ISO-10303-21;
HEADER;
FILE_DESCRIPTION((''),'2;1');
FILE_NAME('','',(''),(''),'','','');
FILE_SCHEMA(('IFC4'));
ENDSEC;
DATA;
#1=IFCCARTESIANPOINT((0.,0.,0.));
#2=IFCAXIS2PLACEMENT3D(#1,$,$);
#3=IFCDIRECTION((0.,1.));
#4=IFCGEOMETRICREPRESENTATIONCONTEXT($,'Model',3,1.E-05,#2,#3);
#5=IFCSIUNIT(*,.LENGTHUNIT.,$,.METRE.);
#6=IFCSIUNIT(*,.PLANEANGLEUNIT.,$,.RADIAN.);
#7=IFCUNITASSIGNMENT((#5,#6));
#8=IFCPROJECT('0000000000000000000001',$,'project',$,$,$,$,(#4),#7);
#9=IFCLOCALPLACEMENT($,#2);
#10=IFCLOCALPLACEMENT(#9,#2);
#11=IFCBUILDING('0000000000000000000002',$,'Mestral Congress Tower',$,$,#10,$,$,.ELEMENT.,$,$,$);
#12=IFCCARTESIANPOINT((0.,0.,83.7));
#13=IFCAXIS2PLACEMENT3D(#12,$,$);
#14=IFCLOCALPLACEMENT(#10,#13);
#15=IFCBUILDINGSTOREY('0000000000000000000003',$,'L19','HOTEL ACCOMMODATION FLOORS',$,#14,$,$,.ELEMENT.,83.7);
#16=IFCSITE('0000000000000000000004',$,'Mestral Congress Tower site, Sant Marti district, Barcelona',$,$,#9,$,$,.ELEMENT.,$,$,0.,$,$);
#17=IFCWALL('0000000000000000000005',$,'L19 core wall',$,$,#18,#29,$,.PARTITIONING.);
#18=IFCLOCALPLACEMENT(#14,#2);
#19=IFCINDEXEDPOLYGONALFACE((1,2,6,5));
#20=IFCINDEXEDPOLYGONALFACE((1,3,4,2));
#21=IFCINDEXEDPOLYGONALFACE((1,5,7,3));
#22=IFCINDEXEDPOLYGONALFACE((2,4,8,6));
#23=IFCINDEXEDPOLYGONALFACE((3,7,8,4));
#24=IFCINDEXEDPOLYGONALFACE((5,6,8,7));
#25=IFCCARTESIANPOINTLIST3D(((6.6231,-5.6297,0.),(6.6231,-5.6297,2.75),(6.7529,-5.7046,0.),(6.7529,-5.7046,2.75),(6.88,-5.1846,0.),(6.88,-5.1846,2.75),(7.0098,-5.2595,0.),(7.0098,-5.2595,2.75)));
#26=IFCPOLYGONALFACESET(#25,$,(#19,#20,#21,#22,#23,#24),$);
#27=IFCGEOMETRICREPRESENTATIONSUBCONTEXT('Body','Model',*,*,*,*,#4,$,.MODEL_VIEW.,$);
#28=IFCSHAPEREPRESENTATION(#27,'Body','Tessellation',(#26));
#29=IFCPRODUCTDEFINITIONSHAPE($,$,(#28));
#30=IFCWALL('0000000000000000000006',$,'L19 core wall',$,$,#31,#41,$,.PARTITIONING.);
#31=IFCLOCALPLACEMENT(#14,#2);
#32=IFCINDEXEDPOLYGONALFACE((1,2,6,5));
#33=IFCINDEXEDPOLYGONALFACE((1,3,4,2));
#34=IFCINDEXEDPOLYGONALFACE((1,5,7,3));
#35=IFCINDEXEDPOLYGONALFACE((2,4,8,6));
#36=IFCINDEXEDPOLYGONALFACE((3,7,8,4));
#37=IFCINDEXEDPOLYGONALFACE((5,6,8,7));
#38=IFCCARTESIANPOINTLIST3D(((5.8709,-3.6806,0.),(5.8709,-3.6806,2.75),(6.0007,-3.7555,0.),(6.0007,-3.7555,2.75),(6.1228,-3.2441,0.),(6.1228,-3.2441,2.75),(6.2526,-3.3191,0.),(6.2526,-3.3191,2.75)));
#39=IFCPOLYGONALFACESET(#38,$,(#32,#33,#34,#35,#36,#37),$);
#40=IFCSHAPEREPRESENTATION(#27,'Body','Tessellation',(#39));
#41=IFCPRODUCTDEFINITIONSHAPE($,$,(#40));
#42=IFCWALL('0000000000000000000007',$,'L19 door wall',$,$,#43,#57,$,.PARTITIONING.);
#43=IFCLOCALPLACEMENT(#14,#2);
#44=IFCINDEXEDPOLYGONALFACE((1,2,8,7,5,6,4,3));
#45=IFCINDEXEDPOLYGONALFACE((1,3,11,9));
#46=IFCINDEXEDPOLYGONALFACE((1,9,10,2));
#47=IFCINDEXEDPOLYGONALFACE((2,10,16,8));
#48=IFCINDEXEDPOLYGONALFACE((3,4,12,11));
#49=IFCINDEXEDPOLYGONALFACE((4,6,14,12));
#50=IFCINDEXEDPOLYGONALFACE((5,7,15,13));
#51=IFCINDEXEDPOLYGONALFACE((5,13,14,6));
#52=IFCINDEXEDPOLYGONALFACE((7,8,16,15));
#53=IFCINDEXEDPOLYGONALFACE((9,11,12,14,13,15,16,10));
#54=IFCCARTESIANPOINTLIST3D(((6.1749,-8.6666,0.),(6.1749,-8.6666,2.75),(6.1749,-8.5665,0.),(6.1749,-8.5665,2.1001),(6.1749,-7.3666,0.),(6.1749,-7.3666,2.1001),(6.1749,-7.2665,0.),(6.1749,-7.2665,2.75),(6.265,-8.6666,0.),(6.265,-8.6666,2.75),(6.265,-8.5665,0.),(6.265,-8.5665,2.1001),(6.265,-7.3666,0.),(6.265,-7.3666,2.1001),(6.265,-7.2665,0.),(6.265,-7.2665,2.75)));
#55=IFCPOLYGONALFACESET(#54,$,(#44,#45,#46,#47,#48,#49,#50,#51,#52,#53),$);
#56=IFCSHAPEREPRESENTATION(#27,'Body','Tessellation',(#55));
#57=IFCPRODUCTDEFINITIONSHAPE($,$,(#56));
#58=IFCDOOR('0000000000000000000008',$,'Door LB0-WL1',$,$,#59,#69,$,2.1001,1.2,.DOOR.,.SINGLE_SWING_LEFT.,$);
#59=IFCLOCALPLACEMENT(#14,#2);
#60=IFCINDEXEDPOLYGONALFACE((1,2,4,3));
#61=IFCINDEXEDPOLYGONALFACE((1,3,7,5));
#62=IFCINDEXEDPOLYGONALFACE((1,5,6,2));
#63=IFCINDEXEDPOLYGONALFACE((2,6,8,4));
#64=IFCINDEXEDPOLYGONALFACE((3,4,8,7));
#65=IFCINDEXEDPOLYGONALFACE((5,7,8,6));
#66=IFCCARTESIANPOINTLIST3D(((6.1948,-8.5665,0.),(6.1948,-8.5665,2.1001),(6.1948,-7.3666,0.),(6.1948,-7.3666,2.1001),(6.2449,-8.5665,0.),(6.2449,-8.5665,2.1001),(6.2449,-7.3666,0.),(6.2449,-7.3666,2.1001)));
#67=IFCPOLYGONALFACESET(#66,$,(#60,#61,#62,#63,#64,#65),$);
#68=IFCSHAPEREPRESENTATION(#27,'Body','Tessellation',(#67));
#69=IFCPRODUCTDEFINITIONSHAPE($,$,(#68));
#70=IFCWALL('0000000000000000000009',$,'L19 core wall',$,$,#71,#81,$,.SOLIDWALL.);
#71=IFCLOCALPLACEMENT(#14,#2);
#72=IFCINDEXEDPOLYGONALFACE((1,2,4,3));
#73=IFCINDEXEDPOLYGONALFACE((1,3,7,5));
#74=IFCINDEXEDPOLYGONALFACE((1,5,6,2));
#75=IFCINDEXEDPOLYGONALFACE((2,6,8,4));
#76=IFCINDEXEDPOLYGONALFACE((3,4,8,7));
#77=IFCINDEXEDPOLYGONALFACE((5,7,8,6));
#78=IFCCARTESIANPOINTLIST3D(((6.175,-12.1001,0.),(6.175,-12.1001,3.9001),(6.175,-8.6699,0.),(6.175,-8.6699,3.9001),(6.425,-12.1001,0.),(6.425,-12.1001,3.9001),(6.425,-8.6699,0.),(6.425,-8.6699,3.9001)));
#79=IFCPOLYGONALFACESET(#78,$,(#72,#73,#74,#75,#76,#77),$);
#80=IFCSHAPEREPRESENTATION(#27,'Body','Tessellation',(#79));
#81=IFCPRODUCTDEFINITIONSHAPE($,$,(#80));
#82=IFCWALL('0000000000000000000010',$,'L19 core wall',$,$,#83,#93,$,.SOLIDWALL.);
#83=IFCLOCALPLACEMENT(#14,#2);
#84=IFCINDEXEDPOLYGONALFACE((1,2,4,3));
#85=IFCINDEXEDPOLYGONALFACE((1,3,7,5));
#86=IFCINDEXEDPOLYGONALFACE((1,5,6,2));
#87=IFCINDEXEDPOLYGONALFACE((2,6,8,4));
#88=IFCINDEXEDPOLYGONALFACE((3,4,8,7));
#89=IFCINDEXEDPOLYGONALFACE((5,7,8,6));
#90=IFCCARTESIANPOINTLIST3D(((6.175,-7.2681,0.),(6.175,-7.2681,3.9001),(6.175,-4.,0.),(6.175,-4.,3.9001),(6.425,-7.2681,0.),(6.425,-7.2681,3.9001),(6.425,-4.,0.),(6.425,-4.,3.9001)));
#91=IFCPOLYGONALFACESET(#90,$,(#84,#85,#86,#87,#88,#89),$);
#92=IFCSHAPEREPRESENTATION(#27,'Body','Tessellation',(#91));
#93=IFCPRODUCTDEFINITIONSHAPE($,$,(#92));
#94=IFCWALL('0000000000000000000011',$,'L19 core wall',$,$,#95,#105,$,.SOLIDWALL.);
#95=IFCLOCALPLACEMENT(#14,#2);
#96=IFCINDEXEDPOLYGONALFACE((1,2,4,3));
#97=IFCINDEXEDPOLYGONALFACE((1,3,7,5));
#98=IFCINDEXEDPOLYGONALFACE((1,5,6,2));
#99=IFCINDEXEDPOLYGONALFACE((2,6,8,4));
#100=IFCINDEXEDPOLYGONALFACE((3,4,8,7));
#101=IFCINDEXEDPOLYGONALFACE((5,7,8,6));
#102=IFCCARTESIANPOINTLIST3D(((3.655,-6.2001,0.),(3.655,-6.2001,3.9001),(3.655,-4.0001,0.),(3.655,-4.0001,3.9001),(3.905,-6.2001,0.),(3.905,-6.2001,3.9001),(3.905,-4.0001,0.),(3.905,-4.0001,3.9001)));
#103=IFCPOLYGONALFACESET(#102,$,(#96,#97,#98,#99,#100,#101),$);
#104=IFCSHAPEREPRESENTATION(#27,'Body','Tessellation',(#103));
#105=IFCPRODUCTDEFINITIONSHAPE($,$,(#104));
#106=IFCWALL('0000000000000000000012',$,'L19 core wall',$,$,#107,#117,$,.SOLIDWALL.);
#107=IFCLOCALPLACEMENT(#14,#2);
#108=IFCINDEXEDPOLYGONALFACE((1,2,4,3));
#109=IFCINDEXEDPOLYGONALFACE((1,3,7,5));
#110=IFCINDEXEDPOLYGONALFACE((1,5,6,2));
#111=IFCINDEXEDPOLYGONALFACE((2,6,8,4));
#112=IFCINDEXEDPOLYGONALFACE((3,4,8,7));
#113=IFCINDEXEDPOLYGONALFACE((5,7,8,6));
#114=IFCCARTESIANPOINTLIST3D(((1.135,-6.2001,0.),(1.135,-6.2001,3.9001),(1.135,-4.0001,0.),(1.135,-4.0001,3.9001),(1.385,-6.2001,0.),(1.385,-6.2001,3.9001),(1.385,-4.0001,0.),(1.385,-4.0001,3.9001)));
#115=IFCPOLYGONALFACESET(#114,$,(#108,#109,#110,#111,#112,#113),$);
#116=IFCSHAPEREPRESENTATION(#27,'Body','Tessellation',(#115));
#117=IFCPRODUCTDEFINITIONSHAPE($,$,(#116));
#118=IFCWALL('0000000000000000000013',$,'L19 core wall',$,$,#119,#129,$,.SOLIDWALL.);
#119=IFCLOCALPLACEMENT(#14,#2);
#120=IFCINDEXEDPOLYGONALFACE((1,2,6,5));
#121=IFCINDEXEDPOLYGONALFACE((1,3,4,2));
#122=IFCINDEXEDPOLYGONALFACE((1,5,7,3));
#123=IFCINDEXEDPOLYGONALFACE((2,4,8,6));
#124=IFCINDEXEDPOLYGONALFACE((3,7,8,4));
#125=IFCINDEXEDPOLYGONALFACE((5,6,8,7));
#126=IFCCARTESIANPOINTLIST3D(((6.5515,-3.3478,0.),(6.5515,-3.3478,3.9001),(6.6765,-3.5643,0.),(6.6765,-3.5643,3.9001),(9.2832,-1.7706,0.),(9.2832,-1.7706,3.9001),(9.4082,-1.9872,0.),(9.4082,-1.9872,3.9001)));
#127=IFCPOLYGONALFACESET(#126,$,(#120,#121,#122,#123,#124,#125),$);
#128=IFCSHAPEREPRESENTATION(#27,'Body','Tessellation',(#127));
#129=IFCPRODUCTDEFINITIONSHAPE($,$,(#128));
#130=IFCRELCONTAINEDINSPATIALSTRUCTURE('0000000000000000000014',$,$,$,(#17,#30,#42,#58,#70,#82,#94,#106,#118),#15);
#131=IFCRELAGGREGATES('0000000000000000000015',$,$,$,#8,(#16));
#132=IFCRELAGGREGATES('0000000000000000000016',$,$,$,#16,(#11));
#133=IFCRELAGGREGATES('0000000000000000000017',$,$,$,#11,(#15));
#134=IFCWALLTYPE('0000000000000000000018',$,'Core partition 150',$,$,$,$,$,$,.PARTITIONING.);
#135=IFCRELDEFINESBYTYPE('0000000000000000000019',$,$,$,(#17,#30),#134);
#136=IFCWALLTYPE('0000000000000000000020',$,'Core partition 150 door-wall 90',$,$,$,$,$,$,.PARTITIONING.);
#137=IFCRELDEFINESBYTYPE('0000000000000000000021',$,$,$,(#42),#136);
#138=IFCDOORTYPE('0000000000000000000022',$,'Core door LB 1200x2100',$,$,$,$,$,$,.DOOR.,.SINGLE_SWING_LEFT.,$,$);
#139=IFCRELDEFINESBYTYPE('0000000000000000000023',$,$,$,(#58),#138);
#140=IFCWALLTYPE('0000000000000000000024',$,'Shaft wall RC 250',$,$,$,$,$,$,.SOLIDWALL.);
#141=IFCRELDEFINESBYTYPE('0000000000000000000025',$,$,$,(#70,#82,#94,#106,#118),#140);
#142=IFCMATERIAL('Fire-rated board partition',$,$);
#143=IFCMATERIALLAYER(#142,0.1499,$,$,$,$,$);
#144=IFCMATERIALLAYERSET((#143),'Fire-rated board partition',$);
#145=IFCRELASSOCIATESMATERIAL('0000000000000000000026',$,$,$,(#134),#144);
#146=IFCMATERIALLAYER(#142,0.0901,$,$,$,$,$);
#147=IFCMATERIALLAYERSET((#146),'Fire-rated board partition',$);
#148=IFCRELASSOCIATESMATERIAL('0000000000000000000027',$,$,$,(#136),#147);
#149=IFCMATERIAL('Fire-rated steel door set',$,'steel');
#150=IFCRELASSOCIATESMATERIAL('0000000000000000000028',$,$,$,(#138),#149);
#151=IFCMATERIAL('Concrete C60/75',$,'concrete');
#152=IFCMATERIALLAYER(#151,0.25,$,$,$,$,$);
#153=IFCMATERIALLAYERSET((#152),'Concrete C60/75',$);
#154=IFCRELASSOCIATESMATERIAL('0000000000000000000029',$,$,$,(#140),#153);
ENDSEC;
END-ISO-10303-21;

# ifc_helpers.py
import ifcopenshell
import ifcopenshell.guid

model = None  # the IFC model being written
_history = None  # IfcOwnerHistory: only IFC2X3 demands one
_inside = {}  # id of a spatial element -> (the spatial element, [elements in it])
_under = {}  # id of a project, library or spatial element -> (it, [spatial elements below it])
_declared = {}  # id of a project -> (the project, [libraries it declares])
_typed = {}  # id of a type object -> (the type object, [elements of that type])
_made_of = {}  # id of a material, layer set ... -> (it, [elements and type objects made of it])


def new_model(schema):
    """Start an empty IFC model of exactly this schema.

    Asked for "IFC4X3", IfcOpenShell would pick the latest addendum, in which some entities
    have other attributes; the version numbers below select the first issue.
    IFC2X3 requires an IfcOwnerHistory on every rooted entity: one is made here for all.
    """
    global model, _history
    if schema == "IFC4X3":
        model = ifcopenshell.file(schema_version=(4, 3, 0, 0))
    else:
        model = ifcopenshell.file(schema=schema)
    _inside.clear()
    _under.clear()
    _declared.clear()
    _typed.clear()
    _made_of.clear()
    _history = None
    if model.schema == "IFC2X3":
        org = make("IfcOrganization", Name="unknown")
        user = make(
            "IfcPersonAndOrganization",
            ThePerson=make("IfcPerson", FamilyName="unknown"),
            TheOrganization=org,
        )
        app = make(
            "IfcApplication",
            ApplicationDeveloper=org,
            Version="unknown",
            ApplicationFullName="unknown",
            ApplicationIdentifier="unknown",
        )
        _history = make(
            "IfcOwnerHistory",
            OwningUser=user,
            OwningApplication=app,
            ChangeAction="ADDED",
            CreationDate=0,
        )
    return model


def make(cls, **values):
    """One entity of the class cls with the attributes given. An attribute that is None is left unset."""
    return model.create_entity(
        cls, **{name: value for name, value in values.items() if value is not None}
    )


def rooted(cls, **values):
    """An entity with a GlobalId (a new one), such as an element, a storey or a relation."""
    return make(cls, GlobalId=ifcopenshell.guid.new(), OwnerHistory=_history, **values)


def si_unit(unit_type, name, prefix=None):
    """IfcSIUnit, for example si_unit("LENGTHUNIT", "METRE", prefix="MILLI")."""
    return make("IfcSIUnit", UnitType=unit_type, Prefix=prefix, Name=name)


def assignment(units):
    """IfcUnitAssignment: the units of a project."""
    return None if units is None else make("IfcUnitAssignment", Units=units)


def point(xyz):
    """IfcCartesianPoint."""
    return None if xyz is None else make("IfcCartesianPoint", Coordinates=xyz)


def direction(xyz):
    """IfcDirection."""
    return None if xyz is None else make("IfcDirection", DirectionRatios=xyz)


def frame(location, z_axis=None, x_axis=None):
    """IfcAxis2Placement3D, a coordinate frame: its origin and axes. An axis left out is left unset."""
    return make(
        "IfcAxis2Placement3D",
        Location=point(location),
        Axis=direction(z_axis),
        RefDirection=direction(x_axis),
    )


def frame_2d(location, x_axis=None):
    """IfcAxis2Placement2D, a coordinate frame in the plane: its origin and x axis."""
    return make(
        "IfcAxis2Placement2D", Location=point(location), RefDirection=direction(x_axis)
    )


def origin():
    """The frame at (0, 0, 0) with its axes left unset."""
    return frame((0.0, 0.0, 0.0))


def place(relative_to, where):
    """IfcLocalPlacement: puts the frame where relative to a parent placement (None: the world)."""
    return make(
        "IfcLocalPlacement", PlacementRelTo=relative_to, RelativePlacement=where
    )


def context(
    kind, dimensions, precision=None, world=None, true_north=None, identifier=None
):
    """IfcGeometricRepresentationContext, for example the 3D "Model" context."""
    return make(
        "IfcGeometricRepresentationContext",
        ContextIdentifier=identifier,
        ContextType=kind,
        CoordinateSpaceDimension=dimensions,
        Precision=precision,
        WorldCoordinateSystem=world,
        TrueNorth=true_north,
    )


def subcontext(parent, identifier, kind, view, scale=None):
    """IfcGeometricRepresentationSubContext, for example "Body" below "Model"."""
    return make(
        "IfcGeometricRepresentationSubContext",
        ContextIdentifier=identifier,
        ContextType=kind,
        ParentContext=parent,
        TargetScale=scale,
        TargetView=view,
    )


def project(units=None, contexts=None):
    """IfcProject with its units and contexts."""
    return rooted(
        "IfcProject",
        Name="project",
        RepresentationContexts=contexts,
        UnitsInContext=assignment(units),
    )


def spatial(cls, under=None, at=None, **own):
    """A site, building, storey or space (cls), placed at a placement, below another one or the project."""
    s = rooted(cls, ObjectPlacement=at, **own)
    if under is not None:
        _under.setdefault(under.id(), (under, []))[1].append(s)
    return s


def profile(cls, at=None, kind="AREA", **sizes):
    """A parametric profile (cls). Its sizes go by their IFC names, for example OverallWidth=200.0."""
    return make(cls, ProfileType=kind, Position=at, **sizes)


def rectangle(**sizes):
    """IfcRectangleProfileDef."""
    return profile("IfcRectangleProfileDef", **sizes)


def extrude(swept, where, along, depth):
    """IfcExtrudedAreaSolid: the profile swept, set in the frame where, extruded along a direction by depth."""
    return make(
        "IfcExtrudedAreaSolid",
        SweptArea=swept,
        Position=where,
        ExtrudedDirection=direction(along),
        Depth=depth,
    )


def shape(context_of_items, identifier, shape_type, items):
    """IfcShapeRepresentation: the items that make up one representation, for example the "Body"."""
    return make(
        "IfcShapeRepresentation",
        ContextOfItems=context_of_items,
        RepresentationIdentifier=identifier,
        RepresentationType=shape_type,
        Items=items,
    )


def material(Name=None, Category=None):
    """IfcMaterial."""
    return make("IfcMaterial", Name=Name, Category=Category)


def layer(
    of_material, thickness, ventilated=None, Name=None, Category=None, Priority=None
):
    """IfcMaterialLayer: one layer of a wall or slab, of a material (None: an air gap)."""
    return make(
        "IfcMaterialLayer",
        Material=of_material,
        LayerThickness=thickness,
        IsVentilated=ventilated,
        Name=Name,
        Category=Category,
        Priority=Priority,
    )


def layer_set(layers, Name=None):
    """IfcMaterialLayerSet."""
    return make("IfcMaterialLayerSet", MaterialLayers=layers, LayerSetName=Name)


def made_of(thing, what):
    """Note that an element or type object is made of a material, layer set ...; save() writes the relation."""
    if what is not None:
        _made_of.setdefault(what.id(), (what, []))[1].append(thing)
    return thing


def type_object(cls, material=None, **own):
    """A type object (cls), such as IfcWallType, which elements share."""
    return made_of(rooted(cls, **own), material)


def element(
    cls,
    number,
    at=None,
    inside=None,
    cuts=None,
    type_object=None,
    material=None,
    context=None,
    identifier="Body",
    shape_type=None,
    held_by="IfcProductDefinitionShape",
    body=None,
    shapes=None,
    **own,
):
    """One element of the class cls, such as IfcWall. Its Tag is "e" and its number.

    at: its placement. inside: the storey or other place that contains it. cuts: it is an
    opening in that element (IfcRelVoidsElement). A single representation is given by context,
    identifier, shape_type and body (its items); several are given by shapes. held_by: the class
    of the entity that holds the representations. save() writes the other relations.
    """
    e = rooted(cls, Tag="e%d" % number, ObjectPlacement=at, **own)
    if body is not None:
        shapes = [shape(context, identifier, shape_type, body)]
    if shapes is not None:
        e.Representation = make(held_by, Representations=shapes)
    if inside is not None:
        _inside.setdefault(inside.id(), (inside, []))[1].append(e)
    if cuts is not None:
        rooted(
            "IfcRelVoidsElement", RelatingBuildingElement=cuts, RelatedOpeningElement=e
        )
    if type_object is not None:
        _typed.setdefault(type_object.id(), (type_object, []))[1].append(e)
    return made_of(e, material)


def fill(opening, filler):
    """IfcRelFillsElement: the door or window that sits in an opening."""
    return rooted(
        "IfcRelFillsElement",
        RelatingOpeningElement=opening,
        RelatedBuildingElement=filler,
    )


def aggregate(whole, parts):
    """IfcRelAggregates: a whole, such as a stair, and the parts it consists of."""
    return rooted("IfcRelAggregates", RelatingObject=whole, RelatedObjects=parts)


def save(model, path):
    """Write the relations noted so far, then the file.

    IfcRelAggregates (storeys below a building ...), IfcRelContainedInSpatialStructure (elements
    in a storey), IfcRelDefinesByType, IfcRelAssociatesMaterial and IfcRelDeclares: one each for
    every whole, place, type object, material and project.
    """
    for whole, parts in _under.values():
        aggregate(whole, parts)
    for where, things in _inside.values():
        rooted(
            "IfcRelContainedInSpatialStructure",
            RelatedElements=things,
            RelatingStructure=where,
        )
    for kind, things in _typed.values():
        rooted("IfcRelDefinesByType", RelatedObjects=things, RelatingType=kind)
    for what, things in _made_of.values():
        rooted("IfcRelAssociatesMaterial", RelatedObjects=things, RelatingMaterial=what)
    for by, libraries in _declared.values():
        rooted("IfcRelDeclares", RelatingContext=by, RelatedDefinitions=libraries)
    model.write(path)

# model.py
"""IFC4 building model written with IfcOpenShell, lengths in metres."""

from ifc_helpers import new_model, si_unit, direction, frame, frame_2d, origin, place, context, subcontext, project, spatial, rectangle, extrude, material, layer, layer_set, type_object, element, fill, save


model = new_model("IFC4")

# Units and contexts
model_context = context("Model", 3, precision=1e-05, world=origin(), true_north=direction((0.0, 1.0)))
body_context = subcontext(model_context, "Body", "Model", "MODEL_VIEW")
ifc_project = project(units=[si_unit("LENGTHUNIT", "METRE"), si_unit("PLANEANGLEUNIT", "RADIAN")], contexts=[model_context])

# Site, building, storey
site_placement = place(None, origin())
site = spatial("IfcSite", under=ifc_project, at=site_placement, Name="Mestral Congress Tower site, Sant Marti district, Barcelona", CompositionType="ELEMENT", RefElevation=0.0)
building_placement = place(site_placement, origin())
building = spatial("IfcBuilding", under=site, at=building_placement, Name="Mestral Congress Tower", CompositionType="ELEMENT")
storey_placement = place(building_placement, frame((0.0, 0.0, 83.7)))
storey = spatial("IfcBuildingStorey", under=building, at=storey_placement, Name="L19", Description="HOTEL ACCOMMODATION FLOORS", CompositionType="ELEMENT", Elevation=83.7)

# Walls
ifc_material_1 = material(Name="Fire-rated board partition")
ifc_layer_1 = layer(ifc_material_1, 0.1499)
ifc_layer_set_1 = layer_set([ifc_layer_1], Name="Fire-rated board partition")
wall_type_1 = type_object("IfcWallType", Name="Core partition 150", PredefinedType="PARTITIONING", material=ifc_layer_set_1)
wall_1_placement = place(storey_placement, frame((6.9448, -5.2222, 0.0), z_axis=(0.0, 0.0, 1.0), x_axis=(-0.499818, -0.86613, 0.0)))
element("IfcWall", 1, at=wall_1_placement, inside=storey, type_object=wall_type_1, Name="L19 core wall", PredefinedType="PARTITIONING", context=body_context, shape_type="SweptSolid", body=[
    extrude(rectangle(XDim=0.5139, YDim=0.1499, at=frame_2d((0.2568, 0.0))), origin(), (0.0, 0.0, 1.0), 2.75),
])
wall_2_placement = place(storey_placement, frame((5.9358, -3.718, 0.0), z_axis=(0.0, 0.0, 1.0), x_axis=(0.49989, 0.866089, 0.0)))
element("IfcWall", 2, at=wall_2_placement, inside=storey, type_object=wall_type_1, Name="L19 core wall", PredefinedType="PARTITIONING", context=body_context, shape_type="SweptSolid", body=[
    extrude(rectangle(XDim=0.5039, YDim=0.1499, at=frame_2d((0.252, 0.0))), origin(), (0.0, 0.0, 1.0), 2.75),
])

# Wall, opening, door
ifc_layer_2 = layer(ifc_material_1, 0.0901)
ifc_layer_set_2 = layer_set([ifc_layer_2], Name="Fire-rated board partition")
wall_type_2 = type_object("IfcWallType", Name="Core partition 150 door-wall 90", PredefinedType="PARTITIONING", material=ifc_layer_set_2)
wall_3_placement = place(storey_placement, frame((6.22, -7.2664, 0.0), z_axis=(0.0, 0.0, 1.0), x_axis=(0.0, -1.0, 0.0)))
wall_3 = element("IfcWall", 3, at=wall_3_placement, inside=storey, type_object=wall_type_2, Name="L19 door wall", PredefinedType="PARTITIONING", context=body_context, shape_type="SweptSolid", body=[
    extrude(rectangle(XDim=1.4001, YDim=0.0901, at=frame_2d((0.7002, 0.0))), origin(), (0.0, 0.0, 1.0), 2.75),
])
opening_1_placement = place(wall_3_placement, frame((0.1001, 0.0, 0.0)))
opening_1 = element("IfcOpeningElement", 4, at=opening_1_placement, cuts=wall_3, PredefinedType="OPENING", context=body_context, shape_type="SweptSolid", body=[
    extrude(rectangle(XDim=1.2, YDim=2.1001, at=frame_2d((0.6001, 1.05))), frame((0.0, 0.0549, 0.0), z_axis=(0.0, -1.0, 0.0), x_axis=(1.0, 0.0, 0.0)), (0.0, 0.0, 1.0), 0.1101),
])
ifc_material_2 = material(Name="Fire-rated steel door set", Category="steel")
door_type_1 = type_object("IfcDoorType", Name="Core door LB 1200x2100", OperationType="SINGLE_SWING_LEFT", PredefinedType="DOOR", material=ifc_material_2)
door_1_placement = place(opening_1_placement, origin())
door_1 = element("IfcDoor", 5, at=door_1_placement, inside=storey, type_object=door_type_1, Name="Door LB0-WL1", OperationType="SINGLE_SWING_LEFT", OverallHeight=2.1001, OverallWidth=1.2, PredefinedType="DOOR", context=body_context, shape_type="SweptSolid", body=[
    extrude(rectangle(XDim=1.2, YDim=2.1001, at=frame_2d((0.6001, 1.05))), frame((0.0, 0.0249, 0.0), z_axis=(0.0, -1.0, 0.0), x_axis=(1.0, 0.0, 0.0)), (0.0, 0.0, 1.0), 0.05),
])
fill(opening_1, door_1)

# Walls
ifc_material_3 = material(Name="Concrete C60/75", Category="concrete")
ifc_layer_3 = layer(ifc_material_3, 0.25)
ifc_layer_set_3 = layer_set([ifc_layer_3], Name="Concrete C60/75")
wall_type_3 = type_object("IfcWallType", Name="Shaft wall RC 250", PredefinedType="SOLIDWALL", material=ifc_layer_set_3)
wall_4_placement = place(storey_placement, frame((6.3, -8.6699, 0.0), z_axis=(0.0, 0.0, 1.0), x_axis=(0.0, -1.0, 0.0)))
element("IfcWall", 6, at=wall_4_placement, inside=storey, type_object=wall_type_3, Name="L19 core wall", PredefinedType="SOLIDWALL", context=body_context, shape_type="SweptSolid", body=[
    extrude(rectangle(XDim=3.4302, YDim=0.25, at=frame_2d((1.7151, 0.0))), origin(), (0.0, 0.0, 1.0), 3.9001),
])
wall_5_placement = place(storey_placement, frame((6.3, -7.2681, 0.0), z_axis=(0.0, 0.0, 1.0), x_axis=(0.0, 1.0, 0.0)))
element("IfcWall", 7, at=wall_5_placement, inside=storey, type_object=wall_type_3, Name="L19 core wall", PredefinedType="SOLIDWALL", context=body_context, shape_type="SweptSolid", body=[
    extrude(rectangle(XDim=3.2681, YDim=0.25, at=frame_2d((1.634, 0.0))), origin(), (0.0, 0.0, 1.0), 3.9001),
])
for number, where, z_axis, x_axis, name in (
    (8, (3.78, -4.0, 0.0), (0.0, 0.0, 1.0), (0.0, -1.0, 0.0), "L19 core wall"),
    (9, (1.26, -4.0, 0.0), (0.0, 0.0, 1.0), (0.0, -1.0, 0.0), "L19 core wall"),
):
    element("IfcWall", number, at=place(storey_placement, frame(where, z_axis=z_axis, x_axis=x_axis)), inside=storey, type_object=wall_type_3, Name=name, PredefinedType="SOLIDWALL", context=body_context, shape_type="SweptSolid", body=[
        extrude(rectangle(XDim=2.2, YDim=0.25, at=frame_2d((1.1001, 0.0))), origin(), (0.0, 0.0, 1.0), 3.9001),
    ])
wall_6_placement = place(storey_placement, frame((6.614, -3.4561, 0.0), z_axis=(0.0, 0.0, 1.0), x_axis=(0.866024, 0.500002, 0.0)))
element("IfcWall", 10, at=wall_6_placement, inside=storey, type_object=wall_type_3, Name="L19 core wall", PredefinedType="SOLIDWALL", context=body_context, shape_type="SweptSolid", body=[
    extrude(rectangle(XDim=3.1543, YDim=0.25, at=frame_2d((1.5771, 0.0))), origin(), (0.0, 0.0, 1.0), 3.9001),
])

save(model, "model.ifc")
